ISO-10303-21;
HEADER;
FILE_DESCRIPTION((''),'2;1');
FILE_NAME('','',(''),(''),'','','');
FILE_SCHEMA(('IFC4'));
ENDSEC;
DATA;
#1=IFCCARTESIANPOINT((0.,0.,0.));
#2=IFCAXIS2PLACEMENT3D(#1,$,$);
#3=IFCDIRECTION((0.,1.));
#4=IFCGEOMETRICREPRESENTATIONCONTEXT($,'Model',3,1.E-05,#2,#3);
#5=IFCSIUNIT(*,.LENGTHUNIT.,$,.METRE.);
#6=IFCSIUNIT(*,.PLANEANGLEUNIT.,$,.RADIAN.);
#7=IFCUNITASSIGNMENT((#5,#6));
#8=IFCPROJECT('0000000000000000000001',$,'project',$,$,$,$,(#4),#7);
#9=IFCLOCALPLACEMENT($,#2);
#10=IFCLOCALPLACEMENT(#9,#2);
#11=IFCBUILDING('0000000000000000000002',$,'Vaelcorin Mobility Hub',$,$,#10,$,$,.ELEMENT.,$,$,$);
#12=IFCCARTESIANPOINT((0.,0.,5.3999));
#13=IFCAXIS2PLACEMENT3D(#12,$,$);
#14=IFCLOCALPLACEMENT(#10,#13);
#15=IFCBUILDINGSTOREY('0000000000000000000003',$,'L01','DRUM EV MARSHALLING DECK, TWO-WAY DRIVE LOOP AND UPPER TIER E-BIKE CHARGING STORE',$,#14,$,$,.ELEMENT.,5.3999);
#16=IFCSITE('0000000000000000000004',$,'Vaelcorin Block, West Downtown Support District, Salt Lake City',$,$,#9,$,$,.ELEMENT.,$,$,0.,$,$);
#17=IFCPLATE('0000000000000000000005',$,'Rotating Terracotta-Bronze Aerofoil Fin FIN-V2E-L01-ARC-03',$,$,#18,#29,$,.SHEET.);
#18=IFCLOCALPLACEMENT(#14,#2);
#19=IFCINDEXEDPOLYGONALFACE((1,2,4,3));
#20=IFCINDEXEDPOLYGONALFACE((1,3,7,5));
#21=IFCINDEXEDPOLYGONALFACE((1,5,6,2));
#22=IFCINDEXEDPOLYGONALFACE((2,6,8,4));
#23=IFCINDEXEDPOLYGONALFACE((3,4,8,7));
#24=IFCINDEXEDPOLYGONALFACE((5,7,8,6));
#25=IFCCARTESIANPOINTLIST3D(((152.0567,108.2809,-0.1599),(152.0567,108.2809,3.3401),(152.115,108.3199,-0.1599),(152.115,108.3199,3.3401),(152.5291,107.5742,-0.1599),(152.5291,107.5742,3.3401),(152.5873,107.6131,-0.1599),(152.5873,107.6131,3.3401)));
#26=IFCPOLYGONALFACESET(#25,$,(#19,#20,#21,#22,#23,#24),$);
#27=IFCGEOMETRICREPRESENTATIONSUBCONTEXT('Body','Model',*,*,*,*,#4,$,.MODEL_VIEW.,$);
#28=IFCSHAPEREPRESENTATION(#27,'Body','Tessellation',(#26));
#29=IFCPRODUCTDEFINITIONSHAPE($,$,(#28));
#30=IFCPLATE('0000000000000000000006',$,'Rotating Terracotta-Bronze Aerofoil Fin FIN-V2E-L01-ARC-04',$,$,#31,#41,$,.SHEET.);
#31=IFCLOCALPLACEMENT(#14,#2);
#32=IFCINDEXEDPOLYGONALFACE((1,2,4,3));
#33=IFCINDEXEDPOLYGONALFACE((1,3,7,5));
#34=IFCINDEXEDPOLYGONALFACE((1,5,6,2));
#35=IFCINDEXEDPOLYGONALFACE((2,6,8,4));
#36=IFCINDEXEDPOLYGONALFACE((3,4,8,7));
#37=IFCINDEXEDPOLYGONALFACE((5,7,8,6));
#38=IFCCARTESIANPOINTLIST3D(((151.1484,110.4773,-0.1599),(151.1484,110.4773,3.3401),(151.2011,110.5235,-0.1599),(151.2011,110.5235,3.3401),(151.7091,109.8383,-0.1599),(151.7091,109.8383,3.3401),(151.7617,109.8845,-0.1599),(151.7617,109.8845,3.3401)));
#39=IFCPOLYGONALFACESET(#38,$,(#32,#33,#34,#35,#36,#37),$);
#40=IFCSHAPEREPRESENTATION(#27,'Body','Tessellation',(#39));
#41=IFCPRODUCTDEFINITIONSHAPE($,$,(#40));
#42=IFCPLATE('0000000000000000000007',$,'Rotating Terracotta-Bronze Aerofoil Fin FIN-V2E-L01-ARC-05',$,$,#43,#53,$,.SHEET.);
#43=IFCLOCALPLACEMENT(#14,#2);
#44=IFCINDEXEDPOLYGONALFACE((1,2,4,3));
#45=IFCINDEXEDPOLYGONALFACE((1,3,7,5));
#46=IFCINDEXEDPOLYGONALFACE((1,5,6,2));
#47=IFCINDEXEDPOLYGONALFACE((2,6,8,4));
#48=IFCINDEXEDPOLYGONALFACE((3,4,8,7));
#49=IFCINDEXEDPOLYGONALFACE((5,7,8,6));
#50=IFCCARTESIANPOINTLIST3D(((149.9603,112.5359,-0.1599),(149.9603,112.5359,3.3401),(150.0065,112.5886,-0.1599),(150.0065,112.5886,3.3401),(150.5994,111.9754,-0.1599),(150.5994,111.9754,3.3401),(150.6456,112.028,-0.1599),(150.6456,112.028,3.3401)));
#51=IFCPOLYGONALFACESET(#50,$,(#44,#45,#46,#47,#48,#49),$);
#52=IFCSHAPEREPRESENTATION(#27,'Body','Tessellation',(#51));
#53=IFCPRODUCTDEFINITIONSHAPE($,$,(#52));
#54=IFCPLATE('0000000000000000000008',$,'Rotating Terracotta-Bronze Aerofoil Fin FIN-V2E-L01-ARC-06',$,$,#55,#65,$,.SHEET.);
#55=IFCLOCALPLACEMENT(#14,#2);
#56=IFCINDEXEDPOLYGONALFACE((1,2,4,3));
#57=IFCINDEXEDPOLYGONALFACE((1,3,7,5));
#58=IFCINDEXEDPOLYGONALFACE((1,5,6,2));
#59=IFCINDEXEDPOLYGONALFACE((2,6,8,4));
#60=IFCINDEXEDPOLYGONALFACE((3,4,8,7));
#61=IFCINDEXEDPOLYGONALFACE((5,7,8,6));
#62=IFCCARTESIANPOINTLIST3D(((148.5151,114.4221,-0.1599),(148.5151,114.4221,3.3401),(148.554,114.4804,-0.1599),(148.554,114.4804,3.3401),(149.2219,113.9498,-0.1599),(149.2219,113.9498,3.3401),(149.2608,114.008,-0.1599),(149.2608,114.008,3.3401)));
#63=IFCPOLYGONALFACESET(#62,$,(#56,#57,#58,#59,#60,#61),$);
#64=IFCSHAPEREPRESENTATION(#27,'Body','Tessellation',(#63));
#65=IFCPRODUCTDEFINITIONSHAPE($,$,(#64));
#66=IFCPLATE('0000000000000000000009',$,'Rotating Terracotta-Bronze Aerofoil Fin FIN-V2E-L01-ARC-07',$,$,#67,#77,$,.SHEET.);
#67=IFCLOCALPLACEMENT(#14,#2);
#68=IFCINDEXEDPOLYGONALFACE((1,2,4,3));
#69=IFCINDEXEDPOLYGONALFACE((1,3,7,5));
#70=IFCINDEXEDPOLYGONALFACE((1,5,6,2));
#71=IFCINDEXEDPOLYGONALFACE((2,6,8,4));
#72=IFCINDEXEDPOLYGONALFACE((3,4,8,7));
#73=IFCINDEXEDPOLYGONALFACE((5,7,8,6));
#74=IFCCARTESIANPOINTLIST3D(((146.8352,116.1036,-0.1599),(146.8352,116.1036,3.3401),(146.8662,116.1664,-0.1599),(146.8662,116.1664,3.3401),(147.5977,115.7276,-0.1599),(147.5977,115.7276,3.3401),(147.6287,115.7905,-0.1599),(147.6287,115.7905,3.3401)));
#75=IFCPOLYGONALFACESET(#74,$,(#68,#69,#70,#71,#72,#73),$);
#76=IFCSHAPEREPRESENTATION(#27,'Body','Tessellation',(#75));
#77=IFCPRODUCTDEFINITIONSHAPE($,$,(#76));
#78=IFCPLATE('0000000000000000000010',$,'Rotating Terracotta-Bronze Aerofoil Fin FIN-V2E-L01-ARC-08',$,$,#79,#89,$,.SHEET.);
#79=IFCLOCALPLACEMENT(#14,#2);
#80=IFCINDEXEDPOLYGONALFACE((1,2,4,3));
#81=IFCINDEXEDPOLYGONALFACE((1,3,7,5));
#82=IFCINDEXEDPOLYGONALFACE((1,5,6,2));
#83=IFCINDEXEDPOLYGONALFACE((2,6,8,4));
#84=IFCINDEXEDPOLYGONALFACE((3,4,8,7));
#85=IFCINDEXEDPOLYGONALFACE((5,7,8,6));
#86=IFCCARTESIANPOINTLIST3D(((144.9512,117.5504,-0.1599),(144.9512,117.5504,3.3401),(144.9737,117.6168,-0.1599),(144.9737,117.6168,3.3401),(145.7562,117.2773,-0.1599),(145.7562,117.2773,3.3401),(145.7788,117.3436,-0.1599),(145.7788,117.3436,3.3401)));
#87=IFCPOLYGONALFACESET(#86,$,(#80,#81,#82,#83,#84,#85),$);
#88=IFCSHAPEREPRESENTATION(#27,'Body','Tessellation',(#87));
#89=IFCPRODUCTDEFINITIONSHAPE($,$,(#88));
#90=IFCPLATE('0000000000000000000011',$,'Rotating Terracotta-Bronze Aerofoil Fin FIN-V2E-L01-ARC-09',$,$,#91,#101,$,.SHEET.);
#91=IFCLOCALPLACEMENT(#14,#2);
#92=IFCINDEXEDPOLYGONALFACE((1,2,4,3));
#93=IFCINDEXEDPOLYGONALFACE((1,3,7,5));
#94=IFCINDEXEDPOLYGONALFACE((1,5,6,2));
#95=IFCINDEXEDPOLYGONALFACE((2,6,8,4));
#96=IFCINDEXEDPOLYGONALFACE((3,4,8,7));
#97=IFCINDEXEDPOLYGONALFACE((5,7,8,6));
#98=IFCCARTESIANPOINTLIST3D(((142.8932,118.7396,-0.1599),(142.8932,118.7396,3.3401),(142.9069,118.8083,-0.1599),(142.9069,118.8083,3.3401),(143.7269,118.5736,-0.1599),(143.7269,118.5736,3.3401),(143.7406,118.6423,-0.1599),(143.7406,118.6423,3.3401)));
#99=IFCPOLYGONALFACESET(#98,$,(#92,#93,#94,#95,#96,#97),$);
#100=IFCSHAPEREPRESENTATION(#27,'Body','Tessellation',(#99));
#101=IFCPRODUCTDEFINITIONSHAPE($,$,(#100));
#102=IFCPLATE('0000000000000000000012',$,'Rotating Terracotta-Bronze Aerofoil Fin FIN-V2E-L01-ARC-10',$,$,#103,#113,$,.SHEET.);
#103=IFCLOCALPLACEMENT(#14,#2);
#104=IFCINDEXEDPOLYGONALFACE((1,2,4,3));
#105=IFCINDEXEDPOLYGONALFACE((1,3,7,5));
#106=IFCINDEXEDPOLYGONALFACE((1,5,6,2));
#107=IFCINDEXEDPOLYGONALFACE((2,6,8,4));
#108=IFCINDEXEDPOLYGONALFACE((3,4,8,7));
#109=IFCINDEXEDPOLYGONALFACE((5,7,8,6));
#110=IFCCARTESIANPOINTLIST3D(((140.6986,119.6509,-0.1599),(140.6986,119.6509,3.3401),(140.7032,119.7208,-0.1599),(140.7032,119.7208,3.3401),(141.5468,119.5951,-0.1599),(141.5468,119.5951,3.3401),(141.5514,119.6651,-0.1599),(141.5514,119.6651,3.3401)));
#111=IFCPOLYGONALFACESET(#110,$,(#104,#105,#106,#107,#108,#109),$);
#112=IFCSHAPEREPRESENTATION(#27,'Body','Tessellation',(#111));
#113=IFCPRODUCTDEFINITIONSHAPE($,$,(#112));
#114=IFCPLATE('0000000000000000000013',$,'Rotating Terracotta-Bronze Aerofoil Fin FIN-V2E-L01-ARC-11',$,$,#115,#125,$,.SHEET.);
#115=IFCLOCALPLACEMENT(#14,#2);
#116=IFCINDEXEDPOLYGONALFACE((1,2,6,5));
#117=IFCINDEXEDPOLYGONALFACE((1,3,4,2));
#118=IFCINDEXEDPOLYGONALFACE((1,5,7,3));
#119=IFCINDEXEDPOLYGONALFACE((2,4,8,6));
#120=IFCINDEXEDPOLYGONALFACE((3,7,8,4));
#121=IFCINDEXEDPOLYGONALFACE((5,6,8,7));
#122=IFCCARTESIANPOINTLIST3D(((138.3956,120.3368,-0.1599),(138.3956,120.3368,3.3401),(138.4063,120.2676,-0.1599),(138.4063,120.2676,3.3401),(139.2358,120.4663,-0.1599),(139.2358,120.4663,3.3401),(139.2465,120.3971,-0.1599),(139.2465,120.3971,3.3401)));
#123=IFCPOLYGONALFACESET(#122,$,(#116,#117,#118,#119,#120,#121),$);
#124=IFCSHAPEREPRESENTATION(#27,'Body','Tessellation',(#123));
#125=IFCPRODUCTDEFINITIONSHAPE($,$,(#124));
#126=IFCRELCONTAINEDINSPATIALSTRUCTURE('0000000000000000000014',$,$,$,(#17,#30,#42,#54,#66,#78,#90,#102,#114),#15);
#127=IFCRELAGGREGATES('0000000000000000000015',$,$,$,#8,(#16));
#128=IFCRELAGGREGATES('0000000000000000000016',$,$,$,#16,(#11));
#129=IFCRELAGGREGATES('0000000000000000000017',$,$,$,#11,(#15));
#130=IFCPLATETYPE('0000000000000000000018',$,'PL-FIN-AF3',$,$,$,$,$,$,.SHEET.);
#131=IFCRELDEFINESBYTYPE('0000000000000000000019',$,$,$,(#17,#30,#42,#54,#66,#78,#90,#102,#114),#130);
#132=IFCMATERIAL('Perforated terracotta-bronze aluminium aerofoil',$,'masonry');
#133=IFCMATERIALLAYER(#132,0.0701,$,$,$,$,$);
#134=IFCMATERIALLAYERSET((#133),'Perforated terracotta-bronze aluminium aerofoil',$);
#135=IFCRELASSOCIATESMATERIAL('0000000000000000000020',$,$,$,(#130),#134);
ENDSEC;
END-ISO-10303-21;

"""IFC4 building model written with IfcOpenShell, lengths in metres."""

from ifc_helpers import new_model, si_unit, direction, frame, origin, origin_2d, place, context, subcontext, project, spatial, rectangle, extrude, material, layer, layer_set, type_object, element, save


model = new_model("IFC4")

# Units and contexts
model_context = context("Model", 3, precision=1e-05, world=origin(), true_north=direction((0.0, 1.0)))
body_context = subcontext(model_context, "Body", "Model", "MODEL_VIEW")
ifc_project = project(units=[si_unit("LENGTHUNIT", "METRE"), si_unit("PLANEANGLEUNIT", "RADIAN")], contexts=[model_context])

# Site, building, storey
site_placement = place(None, origin())
site = spatial("IfcSite", under=ifc_project, at=site_placement, Name="Vaelcorin Block, West Downtown Support District, Salt Lake City", CompositionType="ELEMENT", RefElevation=0.0)
building_placement = place(site_placement, origin())
building = spatial("IfcBuilding", under=site, at=building_placement, Name="Vaelcorin Mobility Hub", CompositionType="ELEMENT")
storey_placement = place(building_placement, frame((0.0, 0.0, 5.3999)))
storey = spatial("IfcBuildingStorey", under=building, at=storey_placement, Name="L01", Description="DRUM EV MARSHALLING DECK, TWO-WAY DRIVE LOOP AND UPPER TIER E-BIKE CHARGING STORE", CompositionType="ELEMENT", Elevation=5.3999)

# Plates
ifc_material_1 = material(Name="Perforated terracotta-bronze aluminium aerofoil", Category="masonry")
ifc_layer_1 = layer(ifc_material_1, 0.0701)
ifc_layer_set_1 = layer_set([ifc_layer_1], Name="Perforated terracotta-bronze aluminium aerofoil")
plate_type = type_object("IfcPlateType", Name="PL-FIN-AF3", PredefinedType="SHEET", material=ifc_layer_set_1)
for number, where, z_axis, x_axis, name in (
    (1, (152.322, 107.947, -0.1599), (0.0, 0.0, 1.0), (0.555686, -0.831392, 0.0), "Rotating Terracotta-Bronze Aerofoil Fin FIN-V2E-L01-ARC-03"),
    (2, (151.4551, 110.1809, -0.1599), (0.0, 0.0, 1.0), (0.659477, -0.751725, 0.0), "Rotating Terracotta-Bronze Aerofoil Fin FIN-V2E-L01-ARC-04"),
    (3, (150.303, 112.282, -0.1599), (0.0, 0.0, 1.0), (0.751771, -0.659425, 0.0), "Rotating Terracotta-Bronze Aerofoil Fin FIN-V2E-L01-ARC-05"),
    (4, (148.8879, 114.2151, -0.1599), (0.0, 0.0, 1.0), (0.831421, -0.555643, 0.0), "Rotating Terracotta-Bronze Aerofoil Fin FIN-V2E-L01-ARC-06"),
    (5, (147.2319, 115.947, -0.1599), (0.0, 0.0, 1.0), (0.896911, -0.44221, 0.0), "Rotating Terracotta-Bronze Aerofoil Fin FIN-V2E-L01-ARC-07"),
    (6, (145.365, 117.447, -0.1599), (0.0, 0.0, 1.0), (0.946964, -0.32134, 0.0), "Rotating Terracotta-Bronze Aerofoil Fin FIN-V2E-L01-ARC-08"),
    (7, (143.3169, 118.6909, -0.1599), (0.0, 0.0, 1.0), (0.980751, -0.195261, 0.0), "Rotating Terracotta-Bronze Aerofoil Fin FIN-V2E-L01-ARC-09"),
    (8, (141.125, 119.658, -0.1599), (0.0, 0.0, 1.0), (0.99785, -0.065542, 0.0), "Rotating Terracotta-Bronze Aerofoil Fin FIN-V2E-L01-ARC-10"),
    (9, (138.821, 120.3669, -0.1599), (0.0, 0.0, 1.0), (0.98833, 0.15233, 0.0), "Rotating Terracotta-Bronze Aerofoil Fin FIN-V2E-L01-ARC-11"),
):
    element("IfcPlate", number, at=place(storey_placement, frame(where, z_axis=z_axis, x_axis=x_axis)), inside=storey, type_object=plate_type, Name=name, PredefinedType="SHEET", context=body_context, shape_type="SweptSolid", body=[
        extrude(rectangle(XDim=0.8501, YDim=0.0701, at=origin_2d()), origin(), (0.0, 0.0, 1.0), 3.5),
    ])

save(model, "model.ifc")
